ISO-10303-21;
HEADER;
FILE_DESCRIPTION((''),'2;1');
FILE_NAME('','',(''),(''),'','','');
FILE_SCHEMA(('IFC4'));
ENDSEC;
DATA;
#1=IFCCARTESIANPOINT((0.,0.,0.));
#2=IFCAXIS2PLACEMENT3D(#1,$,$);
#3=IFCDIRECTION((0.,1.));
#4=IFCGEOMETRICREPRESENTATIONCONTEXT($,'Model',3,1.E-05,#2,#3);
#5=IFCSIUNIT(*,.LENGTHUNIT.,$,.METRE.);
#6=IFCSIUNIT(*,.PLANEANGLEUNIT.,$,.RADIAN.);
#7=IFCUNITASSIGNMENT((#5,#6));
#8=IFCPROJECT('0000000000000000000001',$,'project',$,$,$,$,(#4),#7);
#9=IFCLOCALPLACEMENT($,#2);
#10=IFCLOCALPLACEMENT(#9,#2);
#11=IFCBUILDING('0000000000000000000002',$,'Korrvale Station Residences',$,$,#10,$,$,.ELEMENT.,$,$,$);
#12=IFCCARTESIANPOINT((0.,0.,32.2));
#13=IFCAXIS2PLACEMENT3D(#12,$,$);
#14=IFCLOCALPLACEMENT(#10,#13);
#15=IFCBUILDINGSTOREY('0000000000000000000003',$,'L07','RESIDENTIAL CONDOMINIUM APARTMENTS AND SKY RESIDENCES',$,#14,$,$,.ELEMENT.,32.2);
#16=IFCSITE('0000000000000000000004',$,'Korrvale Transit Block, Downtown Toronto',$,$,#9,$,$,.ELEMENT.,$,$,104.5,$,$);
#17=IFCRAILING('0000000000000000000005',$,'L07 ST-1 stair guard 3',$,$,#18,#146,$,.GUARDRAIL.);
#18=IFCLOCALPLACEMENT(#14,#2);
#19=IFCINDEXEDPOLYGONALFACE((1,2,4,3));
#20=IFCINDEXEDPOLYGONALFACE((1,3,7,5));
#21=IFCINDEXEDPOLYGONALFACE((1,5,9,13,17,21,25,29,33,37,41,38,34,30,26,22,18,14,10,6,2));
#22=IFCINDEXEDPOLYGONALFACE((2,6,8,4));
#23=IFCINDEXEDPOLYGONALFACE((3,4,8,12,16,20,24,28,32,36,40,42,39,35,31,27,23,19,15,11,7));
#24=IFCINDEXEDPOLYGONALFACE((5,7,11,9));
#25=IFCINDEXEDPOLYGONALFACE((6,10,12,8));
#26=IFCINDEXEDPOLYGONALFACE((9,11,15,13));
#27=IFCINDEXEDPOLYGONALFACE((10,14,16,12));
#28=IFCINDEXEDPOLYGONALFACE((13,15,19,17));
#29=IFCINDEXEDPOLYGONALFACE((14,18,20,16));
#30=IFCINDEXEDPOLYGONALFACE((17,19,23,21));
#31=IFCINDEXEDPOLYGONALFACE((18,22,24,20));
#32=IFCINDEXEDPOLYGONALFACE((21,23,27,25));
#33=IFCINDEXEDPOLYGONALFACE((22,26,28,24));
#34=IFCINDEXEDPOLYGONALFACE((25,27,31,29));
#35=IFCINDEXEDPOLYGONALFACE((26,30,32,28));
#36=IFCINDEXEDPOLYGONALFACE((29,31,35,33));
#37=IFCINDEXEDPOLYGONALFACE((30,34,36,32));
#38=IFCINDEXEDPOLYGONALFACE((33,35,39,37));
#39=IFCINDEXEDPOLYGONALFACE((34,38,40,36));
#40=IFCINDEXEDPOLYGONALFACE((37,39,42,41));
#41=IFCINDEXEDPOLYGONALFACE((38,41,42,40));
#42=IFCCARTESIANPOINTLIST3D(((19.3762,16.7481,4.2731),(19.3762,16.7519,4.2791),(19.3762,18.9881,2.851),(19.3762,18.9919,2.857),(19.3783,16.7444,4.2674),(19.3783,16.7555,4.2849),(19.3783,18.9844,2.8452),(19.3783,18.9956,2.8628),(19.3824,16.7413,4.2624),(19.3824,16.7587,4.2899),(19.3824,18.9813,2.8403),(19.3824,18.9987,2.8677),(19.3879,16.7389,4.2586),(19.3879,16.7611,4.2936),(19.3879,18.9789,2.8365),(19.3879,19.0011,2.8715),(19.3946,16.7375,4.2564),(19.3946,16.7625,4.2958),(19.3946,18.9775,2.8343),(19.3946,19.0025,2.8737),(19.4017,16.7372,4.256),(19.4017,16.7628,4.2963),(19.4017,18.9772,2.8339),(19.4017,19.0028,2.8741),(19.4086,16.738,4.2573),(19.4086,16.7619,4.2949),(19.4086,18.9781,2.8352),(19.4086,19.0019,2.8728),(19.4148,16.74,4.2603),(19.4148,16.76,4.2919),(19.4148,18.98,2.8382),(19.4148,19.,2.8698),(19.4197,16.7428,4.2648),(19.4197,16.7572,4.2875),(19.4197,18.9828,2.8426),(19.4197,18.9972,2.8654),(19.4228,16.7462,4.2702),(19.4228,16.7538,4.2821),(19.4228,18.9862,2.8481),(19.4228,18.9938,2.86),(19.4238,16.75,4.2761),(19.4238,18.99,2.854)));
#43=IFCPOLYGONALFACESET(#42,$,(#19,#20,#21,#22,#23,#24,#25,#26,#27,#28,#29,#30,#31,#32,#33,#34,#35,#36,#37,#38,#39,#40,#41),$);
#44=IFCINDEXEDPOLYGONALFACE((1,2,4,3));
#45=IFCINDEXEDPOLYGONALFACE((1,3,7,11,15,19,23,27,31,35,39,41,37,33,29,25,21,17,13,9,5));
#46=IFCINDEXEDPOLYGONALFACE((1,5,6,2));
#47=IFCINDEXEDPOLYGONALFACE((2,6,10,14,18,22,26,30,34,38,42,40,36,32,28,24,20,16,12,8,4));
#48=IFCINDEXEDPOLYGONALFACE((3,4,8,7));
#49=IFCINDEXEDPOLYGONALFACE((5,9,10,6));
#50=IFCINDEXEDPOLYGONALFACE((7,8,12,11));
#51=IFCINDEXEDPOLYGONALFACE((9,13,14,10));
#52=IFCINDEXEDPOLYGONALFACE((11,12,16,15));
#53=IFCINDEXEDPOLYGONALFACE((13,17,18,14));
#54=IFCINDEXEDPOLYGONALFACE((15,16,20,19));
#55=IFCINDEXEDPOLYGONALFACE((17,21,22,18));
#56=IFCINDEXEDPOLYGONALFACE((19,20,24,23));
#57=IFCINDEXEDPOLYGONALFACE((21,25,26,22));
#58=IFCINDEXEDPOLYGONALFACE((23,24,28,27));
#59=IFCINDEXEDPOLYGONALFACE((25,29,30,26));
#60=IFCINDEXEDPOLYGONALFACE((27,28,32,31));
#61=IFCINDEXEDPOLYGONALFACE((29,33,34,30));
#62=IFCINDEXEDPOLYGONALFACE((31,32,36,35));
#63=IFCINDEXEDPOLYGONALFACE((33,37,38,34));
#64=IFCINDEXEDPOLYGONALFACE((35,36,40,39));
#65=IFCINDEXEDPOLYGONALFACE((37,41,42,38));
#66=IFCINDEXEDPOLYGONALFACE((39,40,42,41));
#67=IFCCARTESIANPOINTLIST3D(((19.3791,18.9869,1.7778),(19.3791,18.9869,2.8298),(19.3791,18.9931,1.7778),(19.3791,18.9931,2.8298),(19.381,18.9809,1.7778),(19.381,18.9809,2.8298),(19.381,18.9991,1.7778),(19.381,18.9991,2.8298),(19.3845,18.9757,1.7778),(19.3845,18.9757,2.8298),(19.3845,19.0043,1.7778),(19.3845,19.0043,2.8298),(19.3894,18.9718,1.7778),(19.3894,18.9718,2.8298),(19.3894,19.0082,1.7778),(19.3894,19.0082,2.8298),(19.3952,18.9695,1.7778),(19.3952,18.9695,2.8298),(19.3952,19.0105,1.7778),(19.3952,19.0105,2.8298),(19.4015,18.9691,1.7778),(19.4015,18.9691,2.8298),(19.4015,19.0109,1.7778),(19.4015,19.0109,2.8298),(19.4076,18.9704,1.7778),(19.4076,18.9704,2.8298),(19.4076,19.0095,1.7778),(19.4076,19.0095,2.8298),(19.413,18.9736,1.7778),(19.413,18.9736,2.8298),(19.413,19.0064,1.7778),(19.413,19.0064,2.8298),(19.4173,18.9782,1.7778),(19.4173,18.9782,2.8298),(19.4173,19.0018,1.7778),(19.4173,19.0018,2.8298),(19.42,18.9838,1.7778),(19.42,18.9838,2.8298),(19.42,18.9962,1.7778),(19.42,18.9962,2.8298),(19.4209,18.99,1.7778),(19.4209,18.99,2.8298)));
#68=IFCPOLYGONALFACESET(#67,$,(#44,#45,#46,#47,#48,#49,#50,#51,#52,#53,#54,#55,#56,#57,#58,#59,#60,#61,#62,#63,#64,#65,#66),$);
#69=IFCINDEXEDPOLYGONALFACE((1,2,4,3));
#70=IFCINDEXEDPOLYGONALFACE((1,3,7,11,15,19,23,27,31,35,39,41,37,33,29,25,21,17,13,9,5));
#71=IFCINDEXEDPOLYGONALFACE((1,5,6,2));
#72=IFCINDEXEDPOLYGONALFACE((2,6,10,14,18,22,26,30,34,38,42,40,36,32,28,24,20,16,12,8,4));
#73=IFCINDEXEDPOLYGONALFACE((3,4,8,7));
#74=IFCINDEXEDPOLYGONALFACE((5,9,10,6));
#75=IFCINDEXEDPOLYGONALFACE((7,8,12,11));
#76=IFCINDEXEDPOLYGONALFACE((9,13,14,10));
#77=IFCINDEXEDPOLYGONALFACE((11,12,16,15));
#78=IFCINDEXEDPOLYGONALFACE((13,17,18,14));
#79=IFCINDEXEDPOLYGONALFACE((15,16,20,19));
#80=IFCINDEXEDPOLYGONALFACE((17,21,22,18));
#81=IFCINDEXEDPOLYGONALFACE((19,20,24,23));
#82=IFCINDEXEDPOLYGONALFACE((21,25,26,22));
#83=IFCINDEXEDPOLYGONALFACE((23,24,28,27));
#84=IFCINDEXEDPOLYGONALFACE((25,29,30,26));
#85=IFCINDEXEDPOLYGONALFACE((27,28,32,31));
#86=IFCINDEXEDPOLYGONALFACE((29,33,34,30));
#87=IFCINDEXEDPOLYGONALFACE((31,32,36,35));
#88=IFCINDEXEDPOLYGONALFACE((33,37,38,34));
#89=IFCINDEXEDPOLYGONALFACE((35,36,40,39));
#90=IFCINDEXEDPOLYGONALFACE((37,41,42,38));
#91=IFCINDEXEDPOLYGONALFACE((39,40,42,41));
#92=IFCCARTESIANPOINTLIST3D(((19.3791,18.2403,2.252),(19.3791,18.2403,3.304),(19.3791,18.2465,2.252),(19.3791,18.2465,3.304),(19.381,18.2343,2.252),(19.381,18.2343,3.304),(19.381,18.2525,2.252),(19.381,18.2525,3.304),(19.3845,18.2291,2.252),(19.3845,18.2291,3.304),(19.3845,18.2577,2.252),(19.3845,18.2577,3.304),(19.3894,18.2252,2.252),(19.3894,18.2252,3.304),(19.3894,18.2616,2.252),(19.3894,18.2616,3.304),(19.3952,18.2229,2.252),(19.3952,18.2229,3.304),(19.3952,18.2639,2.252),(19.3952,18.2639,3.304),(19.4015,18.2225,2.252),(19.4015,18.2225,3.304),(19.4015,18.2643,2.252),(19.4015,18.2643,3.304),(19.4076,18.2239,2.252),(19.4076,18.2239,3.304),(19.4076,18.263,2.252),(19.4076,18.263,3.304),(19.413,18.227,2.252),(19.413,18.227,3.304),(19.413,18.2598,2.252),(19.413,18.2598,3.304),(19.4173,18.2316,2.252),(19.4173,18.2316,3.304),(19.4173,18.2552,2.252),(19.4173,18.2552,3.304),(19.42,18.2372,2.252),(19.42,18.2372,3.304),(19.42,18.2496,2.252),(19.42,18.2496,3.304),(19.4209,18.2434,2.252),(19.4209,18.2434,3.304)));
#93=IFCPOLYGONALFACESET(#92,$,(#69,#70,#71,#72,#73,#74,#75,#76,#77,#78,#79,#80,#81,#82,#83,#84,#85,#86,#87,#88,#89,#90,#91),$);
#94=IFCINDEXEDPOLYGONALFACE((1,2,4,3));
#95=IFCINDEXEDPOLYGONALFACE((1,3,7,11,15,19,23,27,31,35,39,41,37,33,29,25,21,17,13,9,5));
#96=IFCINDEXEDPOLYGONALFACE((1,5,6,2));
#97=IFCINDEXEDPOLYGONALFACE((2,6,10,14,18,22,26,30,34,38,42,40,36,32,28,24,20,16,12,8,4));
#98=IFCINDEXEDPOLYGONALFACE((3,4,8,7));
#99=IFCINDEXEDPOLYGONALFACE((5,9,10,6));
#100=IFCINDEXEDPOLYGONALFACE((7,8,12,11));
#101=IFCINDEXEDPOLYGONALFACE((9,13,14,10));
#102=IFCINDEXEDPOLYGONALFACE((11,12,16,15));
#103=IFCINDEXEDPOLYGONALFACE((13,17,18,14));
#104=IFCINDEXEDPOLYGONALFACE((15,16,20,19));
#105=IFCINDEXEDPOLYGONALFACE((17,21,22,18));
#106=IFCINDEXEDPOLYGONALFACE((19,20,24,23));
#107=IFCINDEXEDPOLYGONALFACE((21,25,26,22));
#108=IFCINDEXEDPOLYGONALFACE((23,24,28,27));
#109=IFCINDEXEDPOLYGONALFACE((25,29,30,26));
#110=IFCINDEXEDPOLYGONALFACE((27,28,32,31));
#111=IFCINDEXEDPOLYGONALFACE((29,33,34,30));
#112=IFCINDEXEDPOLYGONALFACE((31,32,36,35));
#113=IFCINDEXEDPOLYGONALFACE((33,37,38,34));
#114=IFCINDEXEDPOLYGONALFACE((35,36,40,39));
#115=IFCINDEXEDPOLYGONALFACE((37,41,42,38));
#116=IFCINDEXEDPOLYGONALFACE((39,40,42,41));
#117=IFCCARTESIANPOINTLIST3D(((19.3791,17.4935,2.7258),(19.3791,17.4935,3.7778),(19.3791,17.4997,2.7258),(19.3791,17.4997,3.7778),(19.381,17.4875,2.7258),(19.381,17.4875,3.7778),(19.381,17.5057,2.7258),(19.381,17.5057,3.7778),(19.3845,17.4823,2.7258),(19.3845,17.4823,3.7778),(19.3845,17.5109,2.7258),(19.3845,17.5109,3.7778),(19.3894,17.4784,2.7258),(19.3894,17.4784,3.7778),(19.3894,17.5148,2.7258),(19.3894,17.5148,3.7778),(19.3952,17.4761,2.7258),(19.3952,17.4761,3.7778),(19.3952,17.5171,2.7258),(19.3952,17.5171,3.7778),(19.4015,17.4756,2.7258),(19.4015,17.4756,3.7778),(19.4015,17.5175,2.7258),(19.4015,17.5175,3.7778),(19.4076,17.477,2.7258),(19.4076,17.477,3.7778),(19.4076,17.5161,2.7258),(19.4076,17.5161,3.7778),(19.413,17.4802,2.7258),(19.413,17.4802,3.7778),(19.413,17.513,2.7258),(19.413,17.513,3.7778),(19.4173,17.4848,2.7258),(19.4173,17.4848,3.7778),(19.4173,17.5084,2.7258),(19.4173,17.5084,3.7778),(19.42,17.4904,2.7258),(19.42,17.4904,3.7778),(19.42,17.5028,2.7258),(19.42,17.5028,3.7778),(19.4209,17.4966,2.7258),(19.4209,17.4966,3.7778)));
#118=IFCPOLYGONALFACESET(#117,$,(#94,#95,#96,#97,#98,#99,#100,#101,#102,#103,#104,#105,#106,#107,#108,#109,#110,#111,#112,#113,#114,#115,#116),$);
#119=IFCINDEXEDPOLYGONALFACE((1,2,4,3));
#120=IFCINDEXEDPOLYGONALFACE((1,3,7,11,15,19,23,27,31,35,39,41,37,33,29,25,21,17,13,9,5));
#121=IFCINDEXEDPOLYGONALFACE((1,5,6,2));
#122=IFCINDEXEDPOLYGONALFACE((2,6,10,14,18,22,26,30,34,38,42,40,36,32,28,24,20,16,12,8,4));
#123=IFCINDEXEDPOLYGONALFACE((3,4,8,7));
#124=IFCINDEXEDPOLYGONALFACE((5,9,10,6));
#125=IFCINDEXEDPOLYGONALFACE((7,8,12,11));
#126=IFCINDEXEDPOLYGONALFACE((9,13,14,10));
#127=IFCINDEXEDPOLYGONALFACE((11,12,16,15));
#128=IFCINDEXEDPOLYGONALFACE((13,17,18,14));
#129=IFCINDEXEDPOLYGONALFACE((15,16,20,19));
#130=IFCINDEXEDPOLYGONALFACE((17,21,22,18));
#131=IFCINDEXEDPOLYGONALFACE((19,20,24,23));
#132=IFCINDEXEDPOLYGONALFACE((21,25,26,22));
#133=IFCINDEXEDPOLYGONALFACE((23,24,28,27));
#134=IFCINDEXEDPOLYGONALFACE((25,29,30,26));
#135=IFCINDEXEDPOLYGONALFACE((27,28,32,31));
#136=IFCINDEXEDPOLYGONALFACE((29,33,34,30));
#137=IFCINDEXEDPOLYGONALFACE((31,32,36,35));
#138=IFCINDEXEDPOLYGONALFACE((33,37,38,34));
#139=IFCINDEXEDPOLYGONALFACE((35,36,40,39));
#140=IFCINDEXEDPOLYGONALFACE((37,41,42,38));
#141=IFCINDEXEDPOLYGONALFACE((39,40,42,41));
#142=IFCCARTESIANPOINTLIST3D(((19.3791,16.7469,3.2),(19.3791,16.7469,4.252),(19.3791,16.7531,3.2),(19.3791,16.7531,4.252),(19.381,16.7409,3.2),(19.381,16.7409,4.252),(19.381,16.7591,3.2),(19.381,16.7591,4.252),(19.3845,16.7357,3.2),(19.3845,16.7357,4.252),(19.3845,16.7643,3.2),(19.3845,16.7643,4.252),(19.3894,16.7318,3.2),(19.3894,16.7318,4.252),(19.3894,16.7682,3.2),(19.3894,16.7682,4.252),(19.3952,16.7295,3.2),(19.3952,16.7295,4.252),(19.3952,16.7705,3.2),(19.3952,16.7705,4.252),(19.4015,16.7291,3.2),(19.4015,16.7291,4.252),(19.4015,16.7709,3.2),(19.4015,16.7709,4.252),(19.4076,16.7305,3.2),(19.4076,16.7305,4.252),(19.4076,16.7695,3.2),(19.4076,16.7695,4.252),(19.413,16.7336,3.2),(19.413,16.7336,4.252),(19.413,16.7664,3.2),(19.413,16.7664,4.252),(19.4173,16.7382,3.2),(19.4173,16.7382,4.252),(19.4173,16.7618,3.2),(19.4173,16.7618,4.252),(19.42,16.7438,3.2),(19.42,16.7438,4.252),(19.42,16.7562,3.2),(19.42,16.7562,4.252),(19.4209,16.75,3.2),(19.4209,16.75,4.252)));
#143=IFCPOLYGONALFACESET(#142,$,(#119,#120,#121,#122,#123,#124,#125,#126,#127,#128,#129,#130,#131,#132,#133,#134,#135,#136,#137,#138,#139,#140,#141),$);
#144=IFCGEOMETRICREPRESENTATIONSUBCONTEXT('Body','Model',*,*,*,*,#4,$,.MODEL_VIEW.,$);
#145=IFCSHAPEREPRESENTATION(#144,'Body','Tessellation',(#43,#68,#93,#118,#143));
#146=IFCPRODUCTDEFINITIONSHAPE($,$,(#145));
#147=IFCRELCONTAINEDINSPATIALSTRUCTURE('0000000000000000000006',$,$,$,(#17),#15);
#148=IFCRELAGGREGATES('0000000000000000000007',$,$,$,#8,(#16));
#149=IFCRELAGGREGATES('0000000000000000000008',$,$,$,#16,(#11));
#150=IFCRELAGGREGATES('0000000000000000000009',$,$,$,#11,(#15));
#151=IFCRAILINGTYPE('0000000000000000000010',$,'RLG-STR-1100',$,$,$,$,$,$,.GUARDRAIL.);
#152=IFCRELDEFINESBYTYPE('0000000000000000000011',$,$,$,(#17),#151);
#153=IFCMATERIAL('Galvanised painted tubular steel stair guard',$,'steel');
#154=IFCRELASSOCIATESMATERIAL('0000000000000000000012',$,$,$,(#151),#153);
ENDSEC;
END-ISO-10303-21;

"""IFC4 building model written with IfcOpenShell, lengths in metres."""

from ifc_helpers import new_model, si_unit, direction, frame, origin, origin_2d, place, context, subcontext, project, spatial, circle, extrude, material, type_object, element, save


model = new_model("IFC4")

# Units and contexts
model_context = context("Model", 3, precision=1e-05, world=origin(), true_north=direction((0.0, 1.0)))
body_context = subcontext(model_context, "Body", "Model", "MODEL_VIEW")
ifc_project = project(units=[si_unit("LENGTHUNIT", "METRE"), si_unit("PLANEANGLEUNIT", "RADIAN")], contexts=[model_context])

# Site, building, storey
site_placement = place(None, origin())
site = spatial("IfcSite", under=ifc_project, at=site_placement, Name="Korrvale Transit Block, Downtown Toronto", CompositionType="ELEMENT", RefElevation=104.5)
building_placement = place(site_placement, origin())
building = spatial("IfcBuilding", under=site, at=building_placement, Name="Korrvale Station Residences", CompositionType="ELEMENT")
storey_placement = place(building_placement, frame((0.0, 0.0, 32.2)))
storey = spatial("IfcBuildingStorey", under=building, at=storey_placement, Name="L07", Description="RESIDENTIAL CONDOMINIUM APARTMENTS AND SKY RESIDENCES", CompositionType="ELEMENT", Elevation=32.2)

# Railing
ifc_material_1 = material(Name="Galvanised painted tubular steel stair guard", Category="steel")
railing_type_1 = type_object("IfcRailingType", Name="RLG-STR-1100", PredefinedType="GUARDRAIL", material=ifc_material_1)
railing_1_placement = place(storey_placement, frame((19.3999, 18.99, 1.7778)))
element("IfcRailing", 1, at=railing_1_placement, inside=storey, type_object=railing_type_1, Name="L07 ST-1 stair guard 3", PredefinedType="GUARDRAIL", context=body_context, shape_type="SweptSolid", body=[
    extrude(circle(Radius=0.0239, at=origin_2d()), frame((0.0, 0.0, 1.0762), z_axis=(0.0, -0.844229, 0.535982), x_axis=(1.0, 0.0, 0.0)), (0.0, 0.0, 1.0), 2.6533),
    extrude(circle(Radius=0.021, at=origin_2d()), origin(), (0.0, 0.0, 1.0), 1.052),
    extrude(circle(Radius=0.021, at=origin_2d()), frame((0.0, -0.7466, 0.4741)), (0.0, 0.0, 1.0), 1.052),
    extrude(circle(Radius=0.021, at=origin_2d()), frame((0.0, -1.4934, 0.948)), (0.0, 0.0, 1.0), 1.052),
    extrude(circle(Radius=0.021, at=origin_2d()), frame((0.0, -2.24, 1.4221)), (0.0, 0.0, 1.0), 1.052),
])

save(model, "model.ifc")
